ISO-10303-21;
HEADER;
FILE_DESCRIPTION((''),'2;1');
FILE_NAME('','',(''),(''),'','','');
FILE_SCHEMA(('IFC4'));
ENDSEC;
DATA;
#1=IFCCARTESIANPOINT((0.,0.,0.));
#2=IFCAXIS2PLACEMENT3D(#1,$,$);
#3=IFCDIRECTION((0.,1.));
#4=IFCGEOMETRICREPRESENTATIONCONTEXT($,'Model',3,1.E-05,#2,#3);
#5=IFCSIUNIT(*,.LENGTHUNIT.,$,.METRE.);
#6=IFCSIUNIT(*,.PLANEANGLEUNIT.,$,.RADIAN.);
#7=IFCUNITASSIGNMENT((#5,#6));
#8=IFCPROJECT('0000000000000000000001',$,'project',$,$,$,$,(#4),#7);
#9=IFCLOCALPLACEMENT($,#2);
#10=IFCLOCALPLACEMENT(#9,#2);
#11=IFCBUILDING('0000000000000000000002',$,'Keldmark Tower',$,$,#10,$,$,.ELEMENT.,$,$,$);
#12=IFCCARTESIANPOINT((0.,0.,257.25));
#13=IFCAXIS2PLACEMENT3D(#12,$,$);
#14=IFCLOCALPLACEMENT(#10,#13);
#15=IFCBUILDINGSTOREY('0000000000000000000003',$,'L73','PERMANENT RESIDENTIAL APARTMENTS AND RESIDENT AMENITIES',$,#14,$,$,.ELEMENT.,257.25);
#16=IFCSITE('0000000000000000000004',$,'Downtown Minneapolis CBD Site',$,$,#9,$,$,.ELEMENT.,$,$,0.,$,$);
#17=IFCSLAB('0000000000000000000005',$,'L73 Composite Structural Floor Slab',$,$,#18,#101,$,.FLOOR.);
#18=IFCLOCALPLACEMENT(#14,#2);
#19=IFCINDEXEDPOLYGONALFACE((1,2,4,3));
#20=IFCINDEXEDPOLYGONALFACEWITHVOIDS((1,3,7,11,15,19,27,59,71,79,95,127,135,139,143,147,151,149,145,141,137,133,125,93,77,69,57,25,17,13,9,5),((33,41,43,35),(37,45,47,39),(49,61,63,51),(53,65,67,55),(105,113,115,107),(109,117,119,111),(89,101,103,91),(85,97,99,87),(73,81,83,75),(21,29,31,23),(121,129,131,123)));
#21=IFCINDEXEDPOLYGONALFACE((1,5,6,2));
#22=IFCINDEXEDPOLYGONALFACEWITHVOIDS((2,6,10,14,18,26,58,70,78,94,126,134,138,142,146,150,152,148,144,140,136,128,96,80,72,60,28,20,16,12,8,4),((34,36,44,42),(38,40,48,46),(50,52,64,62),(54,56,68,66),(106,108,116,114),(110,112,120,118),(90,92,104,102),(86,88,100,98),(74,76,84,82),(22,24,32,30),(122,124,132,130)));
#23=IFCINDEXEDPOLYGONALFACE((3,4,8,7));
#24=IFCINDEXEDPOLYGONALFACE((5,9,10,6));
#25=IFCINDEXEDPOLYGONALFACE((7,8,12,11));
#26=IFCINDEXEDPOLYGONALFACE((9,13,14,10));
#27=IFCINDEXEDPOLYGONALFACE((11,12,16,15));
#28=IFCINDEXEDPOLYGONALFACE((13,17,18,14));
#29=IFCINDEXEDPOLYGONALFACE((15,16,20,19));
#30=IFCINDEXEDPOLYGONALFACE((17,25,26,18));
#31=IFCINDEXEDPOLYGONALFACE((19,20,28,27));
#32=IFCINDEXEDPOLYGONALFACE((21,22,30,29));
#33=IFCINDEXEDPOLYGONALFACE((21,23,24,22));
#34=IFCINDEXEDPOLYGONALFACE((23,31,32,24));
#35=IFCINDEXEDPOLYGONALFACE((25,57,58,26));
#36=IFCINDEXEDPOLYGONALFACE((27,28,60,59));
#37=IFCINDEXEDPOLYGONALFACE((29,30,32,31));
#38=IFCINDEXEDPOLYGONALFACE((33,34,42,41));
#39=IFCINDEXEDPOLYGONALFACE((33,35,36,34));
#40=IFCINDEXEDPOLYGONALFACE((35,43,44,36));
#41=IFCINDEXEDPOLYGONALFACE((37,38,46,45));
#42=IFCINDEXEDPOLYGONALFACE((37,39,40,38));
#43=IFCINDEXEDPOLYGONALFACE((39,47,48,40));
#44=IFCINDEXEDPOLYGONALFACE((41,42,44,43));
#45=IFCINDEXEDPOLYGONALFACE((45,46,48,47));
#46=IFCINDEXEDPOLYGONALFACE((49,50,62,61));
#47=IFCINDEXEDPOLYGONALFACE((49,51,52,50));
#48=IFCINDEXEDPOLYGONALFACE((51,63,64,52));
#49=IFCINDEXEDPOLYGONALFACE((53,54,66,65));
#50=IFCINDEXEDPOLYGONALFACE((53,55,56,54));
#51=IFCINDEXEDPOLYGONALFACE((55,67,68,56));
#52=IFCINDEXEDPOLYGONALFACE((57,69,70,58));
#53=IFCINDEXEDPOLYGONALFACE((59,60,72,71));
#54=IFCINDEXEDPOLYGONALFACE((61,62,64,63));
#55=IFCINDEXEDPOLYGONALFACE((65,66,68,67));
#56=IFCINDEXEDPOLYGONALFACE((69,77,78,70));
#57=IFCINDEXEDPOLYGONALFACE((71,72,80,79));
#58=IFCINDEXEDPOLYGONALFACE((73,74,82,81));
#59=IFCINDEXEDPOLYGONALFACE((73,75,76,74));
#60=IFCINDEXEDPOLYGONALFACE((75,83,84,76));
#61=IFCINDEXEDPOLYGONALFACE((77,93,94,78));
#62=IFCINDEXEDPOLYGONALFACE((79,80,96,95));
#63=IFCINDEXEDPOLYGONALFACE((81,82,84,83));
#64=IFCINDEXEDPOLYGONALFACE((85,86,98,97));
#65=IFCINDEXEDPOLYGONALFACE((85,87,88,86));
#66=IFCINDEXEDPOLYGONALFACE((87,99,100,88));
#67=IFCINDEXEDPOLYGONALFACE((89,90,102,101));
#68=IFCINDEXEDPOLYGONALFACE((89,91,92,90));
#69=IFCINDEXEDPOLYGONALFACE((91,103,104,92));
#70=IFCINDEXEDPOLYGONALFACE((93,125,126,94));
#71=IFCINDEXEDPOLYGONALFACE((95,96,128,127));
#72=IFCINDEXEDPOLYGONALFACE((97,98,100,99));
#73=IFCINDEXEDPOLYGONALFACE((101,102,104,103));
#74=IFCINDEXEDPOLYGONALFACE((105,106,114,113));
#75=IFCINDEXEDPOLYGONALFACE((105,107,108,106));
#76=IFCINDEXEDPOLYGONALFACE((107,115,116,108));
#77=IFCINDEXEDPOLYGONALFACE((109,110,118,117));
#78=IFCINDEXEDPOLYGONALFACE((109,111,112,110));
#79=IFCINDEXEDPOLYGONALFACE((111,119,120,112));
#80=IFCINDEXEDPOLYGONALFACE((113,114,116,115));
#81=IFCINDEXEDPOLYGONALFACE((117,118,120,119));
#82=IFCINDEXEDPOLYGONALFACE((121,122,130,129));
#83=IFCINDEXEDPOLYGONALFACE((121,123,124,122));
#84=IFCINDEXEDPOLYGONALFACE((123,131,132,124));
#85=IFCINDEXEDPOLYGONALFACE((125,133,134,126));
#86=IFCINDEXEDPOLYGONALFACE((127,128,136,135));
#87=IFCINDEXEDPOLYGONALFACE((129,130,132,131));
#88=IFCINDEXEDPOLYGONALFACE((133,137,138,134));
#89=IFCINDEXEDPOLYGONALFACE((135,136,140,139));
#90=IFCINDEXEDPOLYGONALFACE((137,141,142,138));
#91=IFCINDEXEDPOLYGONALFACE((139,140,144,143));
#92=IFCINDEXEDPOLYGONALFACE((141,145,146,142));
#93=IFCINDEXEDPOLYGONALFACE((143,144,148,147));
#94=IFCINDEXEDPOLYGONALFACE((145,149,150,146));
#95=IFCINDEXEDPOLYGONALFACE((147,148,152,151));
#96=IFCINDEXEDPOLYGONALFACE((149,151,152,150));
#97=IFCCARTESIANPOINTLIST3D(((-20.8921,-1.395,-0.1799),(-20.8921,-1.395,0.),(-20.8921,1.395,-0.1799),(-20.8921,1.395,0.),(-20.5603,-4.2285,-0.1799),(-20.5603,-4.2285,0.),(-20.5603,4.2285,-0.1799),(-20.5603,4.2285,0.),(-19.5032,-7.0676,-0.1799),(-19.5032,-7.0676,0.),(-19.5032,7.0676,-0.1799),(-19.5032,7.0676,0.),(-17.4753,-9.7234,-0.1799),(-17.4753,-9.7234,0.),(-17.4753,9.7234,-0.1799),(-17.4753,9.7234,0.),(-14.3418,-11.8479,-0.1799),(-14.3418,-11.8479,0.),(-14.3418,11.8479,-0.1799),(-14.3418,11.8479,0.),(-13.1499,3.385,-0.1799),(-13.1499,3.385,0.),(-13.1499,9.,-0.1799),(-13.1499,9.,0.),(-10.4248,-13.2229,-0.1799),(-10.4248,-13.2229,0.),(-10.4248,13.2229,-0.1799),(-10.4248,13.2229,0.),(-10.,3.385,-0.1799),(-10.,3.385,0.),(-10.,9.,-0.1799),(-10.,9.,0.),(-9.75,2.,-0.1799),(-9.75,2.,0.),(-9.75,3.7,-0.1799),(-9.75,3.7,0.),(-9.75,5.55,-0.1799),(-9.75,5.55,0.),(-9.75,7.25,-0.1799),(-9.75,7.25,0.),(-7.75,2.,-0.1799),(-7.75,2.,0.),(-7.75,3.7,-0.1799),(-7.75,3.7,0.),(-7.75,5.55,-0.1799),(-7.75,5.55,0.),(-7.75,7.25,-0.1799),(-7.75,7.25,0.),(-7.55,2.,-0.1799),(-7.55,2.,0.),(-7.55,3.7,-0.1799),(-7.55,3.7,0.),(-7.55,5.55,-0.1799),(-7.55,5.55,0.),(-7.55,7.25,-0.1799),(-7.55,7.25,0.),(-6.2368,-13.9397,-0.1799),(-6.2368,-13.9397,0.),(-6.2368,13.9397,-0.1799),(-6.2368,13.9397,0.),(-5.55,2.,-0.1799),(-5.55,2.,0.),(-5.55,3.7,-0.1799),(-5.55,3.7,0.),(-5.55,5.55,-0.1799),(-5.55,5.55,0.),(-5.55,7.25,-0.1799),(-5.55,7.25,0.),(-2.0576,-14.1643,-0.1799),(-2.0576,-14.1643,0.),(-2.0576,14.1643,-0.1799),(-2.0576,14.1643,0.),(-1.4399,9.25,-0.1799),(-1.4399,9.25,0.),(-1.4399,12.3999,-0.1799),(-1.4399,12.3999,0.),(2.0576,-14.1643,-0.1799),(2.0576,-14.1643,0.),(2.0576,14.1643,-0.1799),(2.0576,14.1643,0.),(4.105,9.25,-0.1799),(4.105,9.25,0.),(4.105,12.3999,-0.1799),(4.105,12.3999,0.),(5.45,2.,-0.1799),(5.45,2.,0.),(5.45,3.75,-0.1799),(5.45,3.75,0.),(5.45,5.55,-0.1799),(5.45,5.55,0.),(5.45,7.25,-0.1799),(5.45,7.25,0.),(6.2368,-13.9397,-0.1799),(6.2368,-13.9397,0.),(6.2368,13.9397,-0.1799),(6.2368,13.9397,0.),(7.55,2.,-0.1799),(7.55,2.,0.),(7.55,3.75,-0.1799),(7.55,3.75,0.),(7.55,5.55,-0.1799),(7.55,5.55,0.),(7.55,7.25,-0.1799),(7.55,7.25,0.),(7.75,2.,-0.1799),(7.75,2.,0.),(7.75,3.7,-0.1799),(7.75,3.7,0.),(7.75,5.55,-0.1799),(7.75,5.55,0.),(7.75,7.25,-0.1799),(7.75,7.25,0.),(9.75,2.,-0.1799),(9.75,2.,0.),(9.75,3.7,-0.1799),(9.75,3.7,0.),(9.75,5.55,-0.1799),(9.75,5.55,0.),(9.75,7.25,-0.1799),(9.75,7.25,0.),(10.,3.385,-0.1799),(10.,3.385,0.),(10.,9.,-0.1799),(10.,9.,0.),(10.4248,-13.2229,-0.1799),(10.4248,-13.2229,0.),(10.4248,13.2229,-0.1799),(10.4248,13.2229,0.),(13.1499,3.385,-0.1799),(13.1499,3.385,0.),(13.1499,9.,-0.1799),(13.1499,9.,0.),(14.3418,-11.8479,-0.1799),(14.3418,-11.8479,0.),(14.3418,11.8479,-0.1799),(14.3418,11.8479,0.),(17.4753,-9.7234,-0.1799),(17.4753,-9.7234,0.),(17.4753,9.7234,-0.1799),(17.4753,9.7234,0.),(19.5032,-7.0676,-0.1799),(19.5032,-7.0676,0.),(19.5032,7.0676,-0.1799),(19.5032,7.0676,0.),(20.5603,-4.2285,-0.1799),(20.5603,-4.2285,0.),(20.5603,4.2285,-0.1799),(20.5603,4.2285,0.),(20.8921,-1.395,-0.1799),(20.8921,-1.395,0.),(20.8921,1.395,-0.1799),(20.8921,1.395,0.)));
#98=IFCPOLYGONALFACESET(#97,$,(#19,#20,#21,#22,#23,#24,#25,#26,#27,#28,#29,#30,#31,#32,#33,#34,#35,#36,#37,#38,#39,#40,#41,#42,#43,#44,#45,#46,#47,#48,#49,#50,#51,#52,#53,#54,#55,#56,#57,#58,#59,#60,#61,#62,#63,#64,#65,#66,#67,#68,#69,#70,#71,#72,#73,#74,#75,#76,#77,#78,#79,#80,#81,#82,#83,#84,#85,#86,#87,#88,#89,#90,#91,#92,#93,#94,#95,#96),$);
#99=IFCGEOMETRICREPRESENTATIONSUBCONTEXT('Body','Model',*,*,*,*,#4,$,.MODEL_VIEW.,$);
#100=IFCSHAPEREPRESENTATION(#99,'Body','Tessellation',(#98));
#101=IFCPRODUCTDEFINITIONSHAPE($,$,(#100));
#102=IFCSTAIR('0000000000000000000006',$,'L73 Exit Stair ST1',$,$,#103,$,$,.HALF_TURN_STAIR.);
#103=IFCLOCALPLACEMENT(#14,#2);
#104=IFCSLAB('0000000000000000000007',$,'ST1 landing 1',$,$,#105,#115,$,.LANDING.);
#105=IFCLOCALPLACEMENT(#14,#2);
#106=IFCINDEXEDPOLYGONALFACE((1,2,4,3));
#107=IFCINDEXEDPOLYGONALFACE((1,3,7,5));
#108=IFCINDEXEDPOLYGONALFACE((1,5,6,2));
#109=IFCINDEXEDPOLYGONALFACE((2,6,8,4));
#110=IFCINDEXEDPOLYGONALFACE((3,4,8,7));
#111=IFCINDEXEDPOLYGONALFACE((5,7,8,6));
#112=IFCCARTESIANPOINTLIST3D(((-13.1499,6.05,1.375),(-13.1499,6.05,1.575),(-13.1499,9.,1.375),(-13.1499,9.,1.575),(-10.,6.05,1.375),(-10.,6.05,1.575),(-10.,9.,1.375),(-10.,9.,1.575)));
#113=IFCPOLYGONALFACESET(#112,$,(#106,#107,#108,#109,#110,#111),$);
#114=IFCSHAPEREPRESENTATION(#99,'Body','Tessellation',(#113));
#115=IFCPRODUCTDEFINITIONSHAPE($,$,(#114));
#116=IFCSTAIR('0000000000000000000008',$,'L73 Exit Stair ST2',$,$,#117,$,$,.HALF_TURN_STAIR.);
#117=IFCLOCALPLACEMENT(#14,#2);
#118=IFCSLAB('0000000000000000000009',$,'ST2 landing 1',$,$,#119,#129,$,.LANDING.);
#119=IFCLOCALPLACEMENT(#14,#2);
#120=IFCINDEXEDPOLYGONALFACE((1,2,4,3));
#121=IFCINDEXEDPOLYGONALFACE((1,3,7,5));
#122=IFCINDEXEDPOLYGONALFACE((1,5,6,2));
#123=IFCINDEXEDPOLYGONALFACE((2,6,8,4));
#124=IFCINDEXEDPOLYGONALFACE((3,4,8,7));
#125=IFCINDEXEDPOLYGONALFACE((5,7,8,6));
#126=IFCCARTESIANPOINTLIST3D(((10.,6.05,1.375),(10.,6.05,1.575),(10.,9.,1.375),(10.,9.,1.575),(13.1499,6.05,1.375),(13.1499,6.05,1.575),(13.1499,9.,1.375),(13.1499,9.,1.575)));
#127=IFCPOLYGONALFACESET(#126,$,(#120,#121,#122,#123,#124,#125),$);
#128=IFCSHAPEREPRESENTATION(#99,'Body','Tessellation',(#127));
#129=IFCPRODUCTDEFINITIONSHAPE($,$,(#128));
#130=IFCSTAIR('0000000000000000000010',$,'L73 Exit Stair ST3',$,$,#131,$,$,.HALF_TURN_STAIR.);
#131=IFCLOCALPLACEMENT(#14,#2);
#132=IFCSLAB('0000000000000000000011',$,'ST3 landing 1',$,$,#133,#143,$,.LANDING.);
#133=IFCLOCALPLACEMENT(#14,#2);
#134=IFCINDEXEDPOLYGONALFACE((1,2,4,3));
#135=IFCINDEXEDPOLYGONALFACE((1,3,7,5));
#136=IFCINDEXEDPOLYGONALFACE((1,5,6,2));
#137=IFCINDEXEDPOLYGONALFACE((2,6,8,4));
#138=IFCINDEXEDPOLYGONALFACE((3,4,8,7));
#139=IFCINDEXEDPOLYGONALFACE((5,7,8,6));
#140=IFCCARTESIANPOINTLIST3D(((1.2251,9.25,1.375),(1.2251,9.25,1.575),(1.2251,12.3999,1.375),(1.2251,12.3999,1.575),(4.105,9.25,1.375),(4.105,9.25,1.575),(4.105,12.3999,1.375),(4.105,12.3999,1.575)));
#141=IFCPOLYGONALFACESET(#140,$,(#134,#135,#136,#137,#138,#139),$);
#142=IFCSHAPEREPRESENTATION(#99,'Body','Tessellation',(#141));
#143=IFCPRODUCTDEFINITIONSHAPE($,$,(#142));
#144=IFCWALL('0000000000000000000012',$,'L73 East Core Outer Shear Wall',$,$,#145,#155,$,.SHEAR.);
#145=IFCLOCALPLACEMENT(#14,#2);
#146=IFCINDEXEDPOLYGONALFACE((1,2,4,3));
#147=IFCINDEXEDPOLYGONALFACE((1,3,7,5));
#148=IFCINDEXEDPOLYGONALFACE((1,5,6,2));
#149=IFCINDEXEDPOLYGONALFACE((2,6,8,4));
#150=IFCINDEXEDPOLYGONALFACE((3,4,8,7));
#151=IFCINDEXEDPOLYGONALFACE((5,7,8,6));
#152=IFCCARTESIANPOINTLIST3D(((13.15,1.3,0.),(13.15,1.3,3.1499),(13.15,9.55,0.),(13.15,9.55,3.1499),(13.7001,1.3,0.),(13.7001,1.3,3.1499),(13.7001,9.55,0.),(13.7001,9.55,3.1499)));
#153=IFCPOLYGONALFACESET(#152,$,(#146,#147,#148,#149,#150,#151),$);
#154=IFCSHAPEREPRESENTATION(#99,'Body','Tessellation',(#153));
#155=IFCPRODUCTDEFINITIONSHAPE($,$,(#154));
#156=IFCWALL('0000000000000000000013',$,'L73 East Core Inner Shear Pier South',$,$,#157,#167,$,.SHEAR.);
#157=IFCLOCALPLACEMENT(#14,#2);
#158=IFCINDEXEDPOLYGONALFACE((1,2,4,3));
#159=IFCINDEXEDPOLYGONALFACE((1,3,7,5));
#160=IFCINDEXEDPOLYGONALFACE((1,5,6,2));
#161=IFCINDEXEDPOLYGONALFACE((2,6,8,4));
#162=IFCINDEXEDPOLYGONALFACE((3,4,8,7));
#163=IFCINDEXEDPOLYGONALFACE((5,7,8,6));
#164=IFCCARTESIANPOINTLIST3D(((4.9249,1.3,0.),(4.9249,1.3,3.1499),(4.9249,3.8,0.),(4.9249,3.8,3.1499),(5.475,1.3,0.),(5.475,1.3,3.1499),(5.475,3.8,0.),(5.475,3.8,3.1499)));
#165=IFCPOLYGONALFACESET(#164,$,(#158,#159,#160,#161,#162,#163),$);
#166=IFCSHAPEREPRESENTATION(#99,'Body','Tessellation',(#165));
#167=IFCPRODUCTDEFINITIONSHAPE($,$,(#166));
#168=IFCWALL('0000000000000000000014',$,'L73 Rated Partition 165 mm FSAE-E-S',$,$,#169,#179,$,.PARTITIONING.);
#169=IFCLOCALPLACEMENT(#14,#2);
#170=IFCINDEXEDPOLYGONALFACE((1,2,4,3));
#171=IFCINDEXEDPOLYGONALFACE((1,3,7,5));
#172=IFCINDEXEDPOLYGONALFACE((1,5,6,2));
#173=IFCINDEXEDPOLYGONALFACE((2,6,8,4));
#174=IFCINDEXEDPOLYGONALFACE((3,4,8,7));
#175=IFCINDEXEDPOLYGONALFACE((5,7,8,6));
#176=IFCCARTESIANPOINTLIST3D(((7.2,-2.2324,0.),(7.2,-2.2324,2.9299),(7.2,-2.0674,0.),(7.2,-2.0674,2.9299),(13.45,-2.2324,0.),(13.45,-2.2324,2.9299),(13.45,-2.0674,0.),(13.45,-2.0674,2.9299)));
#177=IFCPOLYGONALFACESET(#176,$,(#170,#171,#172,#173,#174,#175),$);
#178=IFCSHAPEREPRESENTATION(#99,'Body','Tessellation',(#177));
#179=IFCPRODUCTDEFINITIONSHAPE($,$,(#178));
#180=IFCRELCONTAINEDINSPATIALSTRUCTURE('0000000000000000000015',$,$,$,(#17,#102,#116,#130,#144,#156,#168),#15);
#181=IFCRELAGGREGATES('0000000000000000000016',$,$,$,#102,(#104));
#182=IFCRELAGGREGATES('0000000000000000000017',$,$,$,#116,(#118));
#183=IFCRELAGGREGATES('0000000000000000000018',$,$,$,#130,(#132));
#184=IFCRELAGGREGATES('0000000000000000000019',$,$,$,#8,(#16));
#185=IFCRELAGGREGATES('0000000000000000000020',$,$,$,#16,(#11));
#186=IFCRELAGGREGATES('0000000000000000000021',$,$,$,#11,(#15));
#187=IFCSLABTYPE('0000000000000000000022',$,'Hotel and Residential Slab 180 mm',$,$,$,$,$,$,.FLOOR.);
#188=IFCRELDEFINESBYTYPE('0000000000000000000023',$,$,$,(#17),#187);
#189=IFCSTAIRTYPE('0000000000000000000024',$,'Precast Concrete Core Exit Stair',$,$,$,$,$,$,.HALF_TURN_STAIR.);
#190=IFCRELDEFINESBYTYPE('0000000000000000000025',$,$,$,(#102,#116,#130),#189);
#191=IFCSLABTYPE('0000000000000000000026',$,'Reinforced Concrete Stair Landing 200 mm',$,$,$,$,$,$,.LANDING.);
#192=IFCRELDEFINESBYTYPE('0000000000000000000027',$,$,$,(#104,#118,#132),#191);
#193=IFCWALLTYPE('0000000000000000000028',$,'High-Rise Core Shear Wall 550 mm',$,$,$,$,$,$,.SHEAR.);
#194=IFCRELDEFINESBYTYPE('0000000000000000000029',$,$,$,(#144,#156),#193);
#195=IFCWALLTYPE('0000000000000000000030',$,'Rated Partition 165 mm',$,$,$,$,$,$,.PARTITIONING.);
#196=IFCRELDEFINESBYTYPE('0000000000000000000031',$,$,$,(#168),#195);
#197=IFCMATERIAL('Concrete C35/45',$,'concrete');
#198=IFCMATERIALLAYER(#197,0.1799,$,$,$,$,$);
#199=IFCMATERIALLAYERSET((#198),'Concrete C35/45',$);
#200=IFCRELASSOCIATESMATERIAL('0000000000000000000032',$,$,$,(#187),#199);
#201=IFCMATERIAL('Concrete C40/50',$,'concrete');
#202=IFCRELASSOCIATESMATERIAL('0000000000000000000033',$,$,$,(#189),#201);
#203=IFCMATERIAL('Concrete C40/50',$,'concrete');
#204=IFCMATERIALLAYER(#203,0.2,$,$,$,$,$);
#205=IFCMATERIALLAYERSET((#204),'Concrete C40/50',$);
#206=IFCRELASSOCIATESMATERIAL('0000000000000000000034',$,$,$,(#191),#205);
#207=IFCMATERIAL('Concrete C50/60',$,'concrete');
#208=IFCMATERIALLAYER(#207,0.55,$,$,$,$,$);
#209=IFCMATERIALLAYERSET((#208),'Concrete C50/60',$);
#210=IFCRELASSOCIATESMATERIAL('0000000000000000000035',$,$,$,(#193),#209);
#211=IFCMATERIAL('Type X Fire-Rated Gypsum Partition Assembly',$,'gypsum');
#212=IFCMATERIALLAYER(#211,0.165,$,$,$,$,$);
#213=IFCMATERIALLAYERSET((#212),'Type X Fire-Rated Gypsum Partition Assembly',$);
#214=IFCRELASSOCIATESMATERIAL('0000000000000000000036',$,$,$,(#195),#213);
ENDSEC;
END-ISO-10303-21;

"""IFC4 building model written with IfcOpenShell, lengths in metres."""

from ifc_helpers import new_model, si_unit, direction, frame, frame_2d, origin, place, context, subcontext, project, spatial, polyline, rectangle, outline, extrude, material, layer, layer_set, type_object, element, aggregate, save


model = new_model("IFC4")

# Units and contexts
model_context = context("Model", 3, precision=1e-05, world=origin(), true_north=direction((0.0, 1.0)))
body_context = subcontext(model_context, "Body", "Model", "MODEL_VIEW")
ifc_project = project(units=[si_unit("LENGTHUNIT", "METRE"), si_unit("PLANEANGLEUNIT", "RADIAN")], contexts=[model_context])

# Site, building, storey
site_placement = place(None, origin())
site = spatial("IfcSite", under=ifc_project, at=site_placement, Name="Downtown Minneapolis CBD Site", CompositionType="ELEMENT", RefElevation=0.0)
building_placement = place(site_placement, origin())
building = spatial("IfcBuilding", under=site, at=building_placement, Name="Keldmark Tower", CompositionType="ELEMENT")
storey_placement = place(building_placement, frame((0.0, 0.0, 257.25)))
storey = spatial("IfcBuildingStorey", under=building, at=storey_placement, Name="L73", Description="PERMANENT RESIDENTIAL APARTMENTS AND RESIDENT AMENITIES", CompositionType="ELEMENT", Elevation=257.25)

# Slab
ifc_material_1 = material(Name="Concrete C35/45", Category="concrete")
ifc_layer_1 = layer(ifc_material_1, 0.1799)
ifc_layer_set_1 = layer_set([ifc_layer_1], Name="Concrete C35/45")
slab_type_1 = type_object("IfcSlabType", Name="Hotel and Residential Slab 180 mm", PredefinedType="FLOOR", material=ifc_layer_set_1)
slab_1_placement = place(storey_placement, frame((0.0, 0.0, -0.1799)))
element("IfcSlab", 1, at=slab_1_placement, inside=storey, type_object=slab_type_1, Name="L73 Composite Structural Floor Slab", PredefinedType="FLOOR", context=body_context, shape_type="SweptSolid", body=[
    extrude(outline(polyline([(20.8921, 1.395), (20.5603, 4.2285), (19.5032, 7.0676), (17.4753, 9.7234), (14.3418, 11.8479), (10.4248, 13.2229), (6.2368, 13.9397), (2.0576, 14.1643), (-2.0576, 14.1643), (-6.2368, 13.9397), (-10.4248, 13.2229), (-14.3418, 11.8479), (-17.4753, 9.7234), (-19.5032, 7.0676), (-20.5603, 4.2285), (-20.8921, 1.395), (-20.8921, -1.395), (-20.5603, -4.2285), (-19.5032, -7.0676), (-17.4753, -9.7234), (-14.3418, -11.8479), (-10.4248, -13.2229), (-6.2368, -13.9397), (-2.0576, -14.1643), (2.0576, -14.1643), (6.2368, -13.9397), (10.4248, -13.2229), (14.3418, -11.8479), (17.4753, -9.7234), (19.5032, -7.0676), (20.5603, -4.2285), (20.8921, -1.395), (20.8921, 1.395)]), holes=[polyline([(-10.0, 3.385), (-10.0, 9.0), (-13.1499, 9.0), (-13.1499, 3.385), (-10.0, 3.385)]), polyline([(13.1499, 3.385), (13.1499, 9.0), (10.0, 9.0), (10.0, 3.385), (13.1499, 3.385)]), polyline([(-1.4399, 9.25), (4.105, 9.25), (4.105, 12.3999), (-1.4399, 12.3999), (-1.4399, 9.25)]), polyline([(-9.75, 2.0), (-7.75, 2.0), (-7.75, 3.7), (-9.75, 3.7), (-9.75, 2.0)]), polyline([(7.75, 2.0), (9.75, 2.0), (9.75, 3.7), (7.75, 3.7), (7.75, 2.0)]), polyline([(5.45, 2.0), (7.55, 2.0), (7.55, 3.75), (5.45, 3.75), (5.45, 2.0)]), polyline([(-9.75, 5.55), (-7.75, 5.55), (-7.75, 7.25), (-9.75, 7.25), (-9.75, 5.55)]), polyline([(-7.55, 5.55), (-5.55, 5.55), (-5.55, 7.25), (-7.55, 7.25), (-7.55, 5.55)]), polyline([(-7.55, 2.0), (-5.55, 2.0), (-5.55, 3.7), (-7.55, 3.7), (-7.55, 2.0)]), polyline([(5.45, 5.55), (7.55, 5.55), (7.55, 7.25), (5.45, 7.25), (5.45, 5.55)]), polyline([(7.75, 5.55), (9.75, 5.55), (9.75, 7.25), (7.75, 7.25), (7.75, 5.55)])]), origin(), (0.0, 0.0, 1.0), 0.1799),
])

# Stairs, slabs
ifc_material_2 = material(Name="Concrete C40/50", Category="concrete")
stair_type = type_object("IfcStairType", Name="Precast Concrete Core Exit Stair", PredefinedType="HALF_TURN_STAIR", material=ifc_material_2)
stair_1_placement = place(storey_placement, origin())
stair_1 = element("IfcStair", 2, at=stair_1_placement, inside=storey, type_object=stair_type, Name="L73 Exit Stair ST1", PredefinedType="HALF_TURN_STAIR")
ifc_material_3 = material(Name="Concrete C40/50", Category="concrete")
ifc_layer_2 = layer(ifc_material_3, 0.2)
ifc_layer_set_2 = layer_set([ifc_layer_2], Name="Concrete C40/50")
slab_type_2 = type_object("IfcSlabType", Name="Reinforced Concrete Stair Landing 200 mm", PredefinedType="LANDING", material=ifc_layer_set_2)
slab_2_placement = place(storey_placement, frame((0.0, 0.0, 1.375)))
slab_2 = element("IfcSlab", 3, at=slab_2_placement, type_object=slab_type_2, Name="ST1 landing 1", PredefinedType="LANDING", context=body_context, shape_type="SweptSolid", body=[
    extrude(outline(polyline([(-10.0, 6.05), (-10.0, 9.0), (-13.1499, 9.0), (-13.1499, 6.05), (-10.0, 6.05)])), origin(), (0.0, 0.0, 1.0), 0.2),
])
aggregate(stair_1, [slab_2])
stair_2_placement = place(storey_placement, origin())
stair_2 = element("IfcStair", 4, at=stair_2_placement, inside=storey, type_object=stair_type, Name="L73 Exit Stair ST2", PredefinedType="HALF_TURN_STAIR")
slab_3_placement = place(storey_placement, frame((0.0, 0.0, 1.375)))
slab_3 = element("IfcSlab", 5, at=slab_3_placement, type_object=slab_type_2, Name="ST2 landing 1", PredefinedType="LANDING", context=body_context, shape_type="SweptSolid", body=[
    extrude(outline(polyline([(13.1499, 6.05), (13.1499, 9.0), (10.0, 9.0), (10.0, 6.05), (13.1499, 6.05)])), origin(), (0.0, 0.0, 1.0), 0.2),
])
aggregate(stair_2, [slab_3])
stair_3_placement = place(storey_placement, origin())
stair_3 = element("IfcStair", 6, at=stair_3_placement, inside=storey, type_object=stair_type, Name="L73 Exit Stair ST3", PredefinedType="HALF_TURN_STAIR")
slab_4_placement = place(storey_placement, frame((0.0, 0.0, 1.375)))
slab_4 = element("IfcSlab", 7, at=slab_4_placement, type_object=slab_type_2, Name="ST3 landing 1", PredefinedType="LANDING", context=body_context, shape_type="SweptSolid", body=[
    extrude(outline(polyline([(1.2251, 9.25), (4.105, 9.25), (4.105, 12.3999), (1.2251, 12.3999), (1.2251, 9.25)])), origin(), (0.0, 0.0, 1.0), 0.2),
])
aggregate(stair_3, [slab_4])

# Walls
ifc_material_4 = material(Name="Concrete C50/60", Category="concrete")
ifc_layer_3 = layer(ifc_material_4, 0.55)
ifc_layer_set_3 = layer_set([ifc_layer_3], Name="Concrete C50/60")
wall_type_1 = type_object("IfcWallType", Name="High-Rise Core Shear Wall 550 mm", PredefinedType="SHEAR", material=ifc_layer_set_3)
wall_1_placement = place(storey_placement, frame((13.425, 1.3, 0.0), z_axis=(0.0, 0.0, 1.0), x_axis=(0.0, 1.0, 0.0)))
element("IfcWall", 8, at=wall_1_placement, inside=storey, type_object=wall_type_1, Name="L73 East Core Outer Shear Wall", PredefinedType="SHEAR", context=body_context, shape_type="SweptSolid", body=[
    extrude(rectangle(XDim=8.25, YDim=0.55, at=frame_2d((4.125, 0.0))), origin(), (0.0, 0.0, 1.0), 3.1499),
])
wall_2_placement = place(storey_placement, frame((5.2, 1.3, 0.0), z_axis=(0.0, 0.0, 1.0), x_axis=(0.0, 1.0, 0.0)))
element("IfcWall", 9, at=wall_2_placement, inside=storey, type_object=wall_type_1, Name="L73 East Core Inner Shear Pier South", PredefinedType="SHEAR", context=body_context, shape_type="SweptSolid", body=[
    extrude(rectangle(XDim=2.5, YDim=0.55, at=frame_2d((1.25, 0.0))), origin(), (0.0, 0.0, 1.0), 3.1499),
])
ifc_material_5 = material(Name="Type X Fire-Rated Gypsum Partition Assembly", Category="gypsum")
ifc_layer_4 = layer(ifc_material_5, 0.165)
ifc_layer_set_4 = layer_set([ifc_layer_4], Name="Type X Fire-Rated Gypsum Partition Assembly")
wall_type_2 = type_object("IfcWallType", Name="Rated Partition 165 mm", PredefinedType="PARTITIONING", material=ifc_layer_set_4)
wall_3_placement = place(storey_placement, frame((7.2, -2.1499, 0.0), z_axis=(0.0, 0.0, 1.0), x_axis=(1.0, 0.0, 0.0)))
element("IfcWall", 10, at=wall_3_placement, inside=storey, type_object=wall_type_2, Name="L73 Rated Partition 165 mm FSAE-E-S", PredefinedType="PARTITIONING", context=body_context, shape_type="SweptSolid", body=[
    extrude(rectangle(XDim=6.25, YDim=0.165, at=frame_2d((3.125, 0.0))), origin(), (0.0, 0.0, 1.0), 2.9299),
])

save(model, "model.ifc")
